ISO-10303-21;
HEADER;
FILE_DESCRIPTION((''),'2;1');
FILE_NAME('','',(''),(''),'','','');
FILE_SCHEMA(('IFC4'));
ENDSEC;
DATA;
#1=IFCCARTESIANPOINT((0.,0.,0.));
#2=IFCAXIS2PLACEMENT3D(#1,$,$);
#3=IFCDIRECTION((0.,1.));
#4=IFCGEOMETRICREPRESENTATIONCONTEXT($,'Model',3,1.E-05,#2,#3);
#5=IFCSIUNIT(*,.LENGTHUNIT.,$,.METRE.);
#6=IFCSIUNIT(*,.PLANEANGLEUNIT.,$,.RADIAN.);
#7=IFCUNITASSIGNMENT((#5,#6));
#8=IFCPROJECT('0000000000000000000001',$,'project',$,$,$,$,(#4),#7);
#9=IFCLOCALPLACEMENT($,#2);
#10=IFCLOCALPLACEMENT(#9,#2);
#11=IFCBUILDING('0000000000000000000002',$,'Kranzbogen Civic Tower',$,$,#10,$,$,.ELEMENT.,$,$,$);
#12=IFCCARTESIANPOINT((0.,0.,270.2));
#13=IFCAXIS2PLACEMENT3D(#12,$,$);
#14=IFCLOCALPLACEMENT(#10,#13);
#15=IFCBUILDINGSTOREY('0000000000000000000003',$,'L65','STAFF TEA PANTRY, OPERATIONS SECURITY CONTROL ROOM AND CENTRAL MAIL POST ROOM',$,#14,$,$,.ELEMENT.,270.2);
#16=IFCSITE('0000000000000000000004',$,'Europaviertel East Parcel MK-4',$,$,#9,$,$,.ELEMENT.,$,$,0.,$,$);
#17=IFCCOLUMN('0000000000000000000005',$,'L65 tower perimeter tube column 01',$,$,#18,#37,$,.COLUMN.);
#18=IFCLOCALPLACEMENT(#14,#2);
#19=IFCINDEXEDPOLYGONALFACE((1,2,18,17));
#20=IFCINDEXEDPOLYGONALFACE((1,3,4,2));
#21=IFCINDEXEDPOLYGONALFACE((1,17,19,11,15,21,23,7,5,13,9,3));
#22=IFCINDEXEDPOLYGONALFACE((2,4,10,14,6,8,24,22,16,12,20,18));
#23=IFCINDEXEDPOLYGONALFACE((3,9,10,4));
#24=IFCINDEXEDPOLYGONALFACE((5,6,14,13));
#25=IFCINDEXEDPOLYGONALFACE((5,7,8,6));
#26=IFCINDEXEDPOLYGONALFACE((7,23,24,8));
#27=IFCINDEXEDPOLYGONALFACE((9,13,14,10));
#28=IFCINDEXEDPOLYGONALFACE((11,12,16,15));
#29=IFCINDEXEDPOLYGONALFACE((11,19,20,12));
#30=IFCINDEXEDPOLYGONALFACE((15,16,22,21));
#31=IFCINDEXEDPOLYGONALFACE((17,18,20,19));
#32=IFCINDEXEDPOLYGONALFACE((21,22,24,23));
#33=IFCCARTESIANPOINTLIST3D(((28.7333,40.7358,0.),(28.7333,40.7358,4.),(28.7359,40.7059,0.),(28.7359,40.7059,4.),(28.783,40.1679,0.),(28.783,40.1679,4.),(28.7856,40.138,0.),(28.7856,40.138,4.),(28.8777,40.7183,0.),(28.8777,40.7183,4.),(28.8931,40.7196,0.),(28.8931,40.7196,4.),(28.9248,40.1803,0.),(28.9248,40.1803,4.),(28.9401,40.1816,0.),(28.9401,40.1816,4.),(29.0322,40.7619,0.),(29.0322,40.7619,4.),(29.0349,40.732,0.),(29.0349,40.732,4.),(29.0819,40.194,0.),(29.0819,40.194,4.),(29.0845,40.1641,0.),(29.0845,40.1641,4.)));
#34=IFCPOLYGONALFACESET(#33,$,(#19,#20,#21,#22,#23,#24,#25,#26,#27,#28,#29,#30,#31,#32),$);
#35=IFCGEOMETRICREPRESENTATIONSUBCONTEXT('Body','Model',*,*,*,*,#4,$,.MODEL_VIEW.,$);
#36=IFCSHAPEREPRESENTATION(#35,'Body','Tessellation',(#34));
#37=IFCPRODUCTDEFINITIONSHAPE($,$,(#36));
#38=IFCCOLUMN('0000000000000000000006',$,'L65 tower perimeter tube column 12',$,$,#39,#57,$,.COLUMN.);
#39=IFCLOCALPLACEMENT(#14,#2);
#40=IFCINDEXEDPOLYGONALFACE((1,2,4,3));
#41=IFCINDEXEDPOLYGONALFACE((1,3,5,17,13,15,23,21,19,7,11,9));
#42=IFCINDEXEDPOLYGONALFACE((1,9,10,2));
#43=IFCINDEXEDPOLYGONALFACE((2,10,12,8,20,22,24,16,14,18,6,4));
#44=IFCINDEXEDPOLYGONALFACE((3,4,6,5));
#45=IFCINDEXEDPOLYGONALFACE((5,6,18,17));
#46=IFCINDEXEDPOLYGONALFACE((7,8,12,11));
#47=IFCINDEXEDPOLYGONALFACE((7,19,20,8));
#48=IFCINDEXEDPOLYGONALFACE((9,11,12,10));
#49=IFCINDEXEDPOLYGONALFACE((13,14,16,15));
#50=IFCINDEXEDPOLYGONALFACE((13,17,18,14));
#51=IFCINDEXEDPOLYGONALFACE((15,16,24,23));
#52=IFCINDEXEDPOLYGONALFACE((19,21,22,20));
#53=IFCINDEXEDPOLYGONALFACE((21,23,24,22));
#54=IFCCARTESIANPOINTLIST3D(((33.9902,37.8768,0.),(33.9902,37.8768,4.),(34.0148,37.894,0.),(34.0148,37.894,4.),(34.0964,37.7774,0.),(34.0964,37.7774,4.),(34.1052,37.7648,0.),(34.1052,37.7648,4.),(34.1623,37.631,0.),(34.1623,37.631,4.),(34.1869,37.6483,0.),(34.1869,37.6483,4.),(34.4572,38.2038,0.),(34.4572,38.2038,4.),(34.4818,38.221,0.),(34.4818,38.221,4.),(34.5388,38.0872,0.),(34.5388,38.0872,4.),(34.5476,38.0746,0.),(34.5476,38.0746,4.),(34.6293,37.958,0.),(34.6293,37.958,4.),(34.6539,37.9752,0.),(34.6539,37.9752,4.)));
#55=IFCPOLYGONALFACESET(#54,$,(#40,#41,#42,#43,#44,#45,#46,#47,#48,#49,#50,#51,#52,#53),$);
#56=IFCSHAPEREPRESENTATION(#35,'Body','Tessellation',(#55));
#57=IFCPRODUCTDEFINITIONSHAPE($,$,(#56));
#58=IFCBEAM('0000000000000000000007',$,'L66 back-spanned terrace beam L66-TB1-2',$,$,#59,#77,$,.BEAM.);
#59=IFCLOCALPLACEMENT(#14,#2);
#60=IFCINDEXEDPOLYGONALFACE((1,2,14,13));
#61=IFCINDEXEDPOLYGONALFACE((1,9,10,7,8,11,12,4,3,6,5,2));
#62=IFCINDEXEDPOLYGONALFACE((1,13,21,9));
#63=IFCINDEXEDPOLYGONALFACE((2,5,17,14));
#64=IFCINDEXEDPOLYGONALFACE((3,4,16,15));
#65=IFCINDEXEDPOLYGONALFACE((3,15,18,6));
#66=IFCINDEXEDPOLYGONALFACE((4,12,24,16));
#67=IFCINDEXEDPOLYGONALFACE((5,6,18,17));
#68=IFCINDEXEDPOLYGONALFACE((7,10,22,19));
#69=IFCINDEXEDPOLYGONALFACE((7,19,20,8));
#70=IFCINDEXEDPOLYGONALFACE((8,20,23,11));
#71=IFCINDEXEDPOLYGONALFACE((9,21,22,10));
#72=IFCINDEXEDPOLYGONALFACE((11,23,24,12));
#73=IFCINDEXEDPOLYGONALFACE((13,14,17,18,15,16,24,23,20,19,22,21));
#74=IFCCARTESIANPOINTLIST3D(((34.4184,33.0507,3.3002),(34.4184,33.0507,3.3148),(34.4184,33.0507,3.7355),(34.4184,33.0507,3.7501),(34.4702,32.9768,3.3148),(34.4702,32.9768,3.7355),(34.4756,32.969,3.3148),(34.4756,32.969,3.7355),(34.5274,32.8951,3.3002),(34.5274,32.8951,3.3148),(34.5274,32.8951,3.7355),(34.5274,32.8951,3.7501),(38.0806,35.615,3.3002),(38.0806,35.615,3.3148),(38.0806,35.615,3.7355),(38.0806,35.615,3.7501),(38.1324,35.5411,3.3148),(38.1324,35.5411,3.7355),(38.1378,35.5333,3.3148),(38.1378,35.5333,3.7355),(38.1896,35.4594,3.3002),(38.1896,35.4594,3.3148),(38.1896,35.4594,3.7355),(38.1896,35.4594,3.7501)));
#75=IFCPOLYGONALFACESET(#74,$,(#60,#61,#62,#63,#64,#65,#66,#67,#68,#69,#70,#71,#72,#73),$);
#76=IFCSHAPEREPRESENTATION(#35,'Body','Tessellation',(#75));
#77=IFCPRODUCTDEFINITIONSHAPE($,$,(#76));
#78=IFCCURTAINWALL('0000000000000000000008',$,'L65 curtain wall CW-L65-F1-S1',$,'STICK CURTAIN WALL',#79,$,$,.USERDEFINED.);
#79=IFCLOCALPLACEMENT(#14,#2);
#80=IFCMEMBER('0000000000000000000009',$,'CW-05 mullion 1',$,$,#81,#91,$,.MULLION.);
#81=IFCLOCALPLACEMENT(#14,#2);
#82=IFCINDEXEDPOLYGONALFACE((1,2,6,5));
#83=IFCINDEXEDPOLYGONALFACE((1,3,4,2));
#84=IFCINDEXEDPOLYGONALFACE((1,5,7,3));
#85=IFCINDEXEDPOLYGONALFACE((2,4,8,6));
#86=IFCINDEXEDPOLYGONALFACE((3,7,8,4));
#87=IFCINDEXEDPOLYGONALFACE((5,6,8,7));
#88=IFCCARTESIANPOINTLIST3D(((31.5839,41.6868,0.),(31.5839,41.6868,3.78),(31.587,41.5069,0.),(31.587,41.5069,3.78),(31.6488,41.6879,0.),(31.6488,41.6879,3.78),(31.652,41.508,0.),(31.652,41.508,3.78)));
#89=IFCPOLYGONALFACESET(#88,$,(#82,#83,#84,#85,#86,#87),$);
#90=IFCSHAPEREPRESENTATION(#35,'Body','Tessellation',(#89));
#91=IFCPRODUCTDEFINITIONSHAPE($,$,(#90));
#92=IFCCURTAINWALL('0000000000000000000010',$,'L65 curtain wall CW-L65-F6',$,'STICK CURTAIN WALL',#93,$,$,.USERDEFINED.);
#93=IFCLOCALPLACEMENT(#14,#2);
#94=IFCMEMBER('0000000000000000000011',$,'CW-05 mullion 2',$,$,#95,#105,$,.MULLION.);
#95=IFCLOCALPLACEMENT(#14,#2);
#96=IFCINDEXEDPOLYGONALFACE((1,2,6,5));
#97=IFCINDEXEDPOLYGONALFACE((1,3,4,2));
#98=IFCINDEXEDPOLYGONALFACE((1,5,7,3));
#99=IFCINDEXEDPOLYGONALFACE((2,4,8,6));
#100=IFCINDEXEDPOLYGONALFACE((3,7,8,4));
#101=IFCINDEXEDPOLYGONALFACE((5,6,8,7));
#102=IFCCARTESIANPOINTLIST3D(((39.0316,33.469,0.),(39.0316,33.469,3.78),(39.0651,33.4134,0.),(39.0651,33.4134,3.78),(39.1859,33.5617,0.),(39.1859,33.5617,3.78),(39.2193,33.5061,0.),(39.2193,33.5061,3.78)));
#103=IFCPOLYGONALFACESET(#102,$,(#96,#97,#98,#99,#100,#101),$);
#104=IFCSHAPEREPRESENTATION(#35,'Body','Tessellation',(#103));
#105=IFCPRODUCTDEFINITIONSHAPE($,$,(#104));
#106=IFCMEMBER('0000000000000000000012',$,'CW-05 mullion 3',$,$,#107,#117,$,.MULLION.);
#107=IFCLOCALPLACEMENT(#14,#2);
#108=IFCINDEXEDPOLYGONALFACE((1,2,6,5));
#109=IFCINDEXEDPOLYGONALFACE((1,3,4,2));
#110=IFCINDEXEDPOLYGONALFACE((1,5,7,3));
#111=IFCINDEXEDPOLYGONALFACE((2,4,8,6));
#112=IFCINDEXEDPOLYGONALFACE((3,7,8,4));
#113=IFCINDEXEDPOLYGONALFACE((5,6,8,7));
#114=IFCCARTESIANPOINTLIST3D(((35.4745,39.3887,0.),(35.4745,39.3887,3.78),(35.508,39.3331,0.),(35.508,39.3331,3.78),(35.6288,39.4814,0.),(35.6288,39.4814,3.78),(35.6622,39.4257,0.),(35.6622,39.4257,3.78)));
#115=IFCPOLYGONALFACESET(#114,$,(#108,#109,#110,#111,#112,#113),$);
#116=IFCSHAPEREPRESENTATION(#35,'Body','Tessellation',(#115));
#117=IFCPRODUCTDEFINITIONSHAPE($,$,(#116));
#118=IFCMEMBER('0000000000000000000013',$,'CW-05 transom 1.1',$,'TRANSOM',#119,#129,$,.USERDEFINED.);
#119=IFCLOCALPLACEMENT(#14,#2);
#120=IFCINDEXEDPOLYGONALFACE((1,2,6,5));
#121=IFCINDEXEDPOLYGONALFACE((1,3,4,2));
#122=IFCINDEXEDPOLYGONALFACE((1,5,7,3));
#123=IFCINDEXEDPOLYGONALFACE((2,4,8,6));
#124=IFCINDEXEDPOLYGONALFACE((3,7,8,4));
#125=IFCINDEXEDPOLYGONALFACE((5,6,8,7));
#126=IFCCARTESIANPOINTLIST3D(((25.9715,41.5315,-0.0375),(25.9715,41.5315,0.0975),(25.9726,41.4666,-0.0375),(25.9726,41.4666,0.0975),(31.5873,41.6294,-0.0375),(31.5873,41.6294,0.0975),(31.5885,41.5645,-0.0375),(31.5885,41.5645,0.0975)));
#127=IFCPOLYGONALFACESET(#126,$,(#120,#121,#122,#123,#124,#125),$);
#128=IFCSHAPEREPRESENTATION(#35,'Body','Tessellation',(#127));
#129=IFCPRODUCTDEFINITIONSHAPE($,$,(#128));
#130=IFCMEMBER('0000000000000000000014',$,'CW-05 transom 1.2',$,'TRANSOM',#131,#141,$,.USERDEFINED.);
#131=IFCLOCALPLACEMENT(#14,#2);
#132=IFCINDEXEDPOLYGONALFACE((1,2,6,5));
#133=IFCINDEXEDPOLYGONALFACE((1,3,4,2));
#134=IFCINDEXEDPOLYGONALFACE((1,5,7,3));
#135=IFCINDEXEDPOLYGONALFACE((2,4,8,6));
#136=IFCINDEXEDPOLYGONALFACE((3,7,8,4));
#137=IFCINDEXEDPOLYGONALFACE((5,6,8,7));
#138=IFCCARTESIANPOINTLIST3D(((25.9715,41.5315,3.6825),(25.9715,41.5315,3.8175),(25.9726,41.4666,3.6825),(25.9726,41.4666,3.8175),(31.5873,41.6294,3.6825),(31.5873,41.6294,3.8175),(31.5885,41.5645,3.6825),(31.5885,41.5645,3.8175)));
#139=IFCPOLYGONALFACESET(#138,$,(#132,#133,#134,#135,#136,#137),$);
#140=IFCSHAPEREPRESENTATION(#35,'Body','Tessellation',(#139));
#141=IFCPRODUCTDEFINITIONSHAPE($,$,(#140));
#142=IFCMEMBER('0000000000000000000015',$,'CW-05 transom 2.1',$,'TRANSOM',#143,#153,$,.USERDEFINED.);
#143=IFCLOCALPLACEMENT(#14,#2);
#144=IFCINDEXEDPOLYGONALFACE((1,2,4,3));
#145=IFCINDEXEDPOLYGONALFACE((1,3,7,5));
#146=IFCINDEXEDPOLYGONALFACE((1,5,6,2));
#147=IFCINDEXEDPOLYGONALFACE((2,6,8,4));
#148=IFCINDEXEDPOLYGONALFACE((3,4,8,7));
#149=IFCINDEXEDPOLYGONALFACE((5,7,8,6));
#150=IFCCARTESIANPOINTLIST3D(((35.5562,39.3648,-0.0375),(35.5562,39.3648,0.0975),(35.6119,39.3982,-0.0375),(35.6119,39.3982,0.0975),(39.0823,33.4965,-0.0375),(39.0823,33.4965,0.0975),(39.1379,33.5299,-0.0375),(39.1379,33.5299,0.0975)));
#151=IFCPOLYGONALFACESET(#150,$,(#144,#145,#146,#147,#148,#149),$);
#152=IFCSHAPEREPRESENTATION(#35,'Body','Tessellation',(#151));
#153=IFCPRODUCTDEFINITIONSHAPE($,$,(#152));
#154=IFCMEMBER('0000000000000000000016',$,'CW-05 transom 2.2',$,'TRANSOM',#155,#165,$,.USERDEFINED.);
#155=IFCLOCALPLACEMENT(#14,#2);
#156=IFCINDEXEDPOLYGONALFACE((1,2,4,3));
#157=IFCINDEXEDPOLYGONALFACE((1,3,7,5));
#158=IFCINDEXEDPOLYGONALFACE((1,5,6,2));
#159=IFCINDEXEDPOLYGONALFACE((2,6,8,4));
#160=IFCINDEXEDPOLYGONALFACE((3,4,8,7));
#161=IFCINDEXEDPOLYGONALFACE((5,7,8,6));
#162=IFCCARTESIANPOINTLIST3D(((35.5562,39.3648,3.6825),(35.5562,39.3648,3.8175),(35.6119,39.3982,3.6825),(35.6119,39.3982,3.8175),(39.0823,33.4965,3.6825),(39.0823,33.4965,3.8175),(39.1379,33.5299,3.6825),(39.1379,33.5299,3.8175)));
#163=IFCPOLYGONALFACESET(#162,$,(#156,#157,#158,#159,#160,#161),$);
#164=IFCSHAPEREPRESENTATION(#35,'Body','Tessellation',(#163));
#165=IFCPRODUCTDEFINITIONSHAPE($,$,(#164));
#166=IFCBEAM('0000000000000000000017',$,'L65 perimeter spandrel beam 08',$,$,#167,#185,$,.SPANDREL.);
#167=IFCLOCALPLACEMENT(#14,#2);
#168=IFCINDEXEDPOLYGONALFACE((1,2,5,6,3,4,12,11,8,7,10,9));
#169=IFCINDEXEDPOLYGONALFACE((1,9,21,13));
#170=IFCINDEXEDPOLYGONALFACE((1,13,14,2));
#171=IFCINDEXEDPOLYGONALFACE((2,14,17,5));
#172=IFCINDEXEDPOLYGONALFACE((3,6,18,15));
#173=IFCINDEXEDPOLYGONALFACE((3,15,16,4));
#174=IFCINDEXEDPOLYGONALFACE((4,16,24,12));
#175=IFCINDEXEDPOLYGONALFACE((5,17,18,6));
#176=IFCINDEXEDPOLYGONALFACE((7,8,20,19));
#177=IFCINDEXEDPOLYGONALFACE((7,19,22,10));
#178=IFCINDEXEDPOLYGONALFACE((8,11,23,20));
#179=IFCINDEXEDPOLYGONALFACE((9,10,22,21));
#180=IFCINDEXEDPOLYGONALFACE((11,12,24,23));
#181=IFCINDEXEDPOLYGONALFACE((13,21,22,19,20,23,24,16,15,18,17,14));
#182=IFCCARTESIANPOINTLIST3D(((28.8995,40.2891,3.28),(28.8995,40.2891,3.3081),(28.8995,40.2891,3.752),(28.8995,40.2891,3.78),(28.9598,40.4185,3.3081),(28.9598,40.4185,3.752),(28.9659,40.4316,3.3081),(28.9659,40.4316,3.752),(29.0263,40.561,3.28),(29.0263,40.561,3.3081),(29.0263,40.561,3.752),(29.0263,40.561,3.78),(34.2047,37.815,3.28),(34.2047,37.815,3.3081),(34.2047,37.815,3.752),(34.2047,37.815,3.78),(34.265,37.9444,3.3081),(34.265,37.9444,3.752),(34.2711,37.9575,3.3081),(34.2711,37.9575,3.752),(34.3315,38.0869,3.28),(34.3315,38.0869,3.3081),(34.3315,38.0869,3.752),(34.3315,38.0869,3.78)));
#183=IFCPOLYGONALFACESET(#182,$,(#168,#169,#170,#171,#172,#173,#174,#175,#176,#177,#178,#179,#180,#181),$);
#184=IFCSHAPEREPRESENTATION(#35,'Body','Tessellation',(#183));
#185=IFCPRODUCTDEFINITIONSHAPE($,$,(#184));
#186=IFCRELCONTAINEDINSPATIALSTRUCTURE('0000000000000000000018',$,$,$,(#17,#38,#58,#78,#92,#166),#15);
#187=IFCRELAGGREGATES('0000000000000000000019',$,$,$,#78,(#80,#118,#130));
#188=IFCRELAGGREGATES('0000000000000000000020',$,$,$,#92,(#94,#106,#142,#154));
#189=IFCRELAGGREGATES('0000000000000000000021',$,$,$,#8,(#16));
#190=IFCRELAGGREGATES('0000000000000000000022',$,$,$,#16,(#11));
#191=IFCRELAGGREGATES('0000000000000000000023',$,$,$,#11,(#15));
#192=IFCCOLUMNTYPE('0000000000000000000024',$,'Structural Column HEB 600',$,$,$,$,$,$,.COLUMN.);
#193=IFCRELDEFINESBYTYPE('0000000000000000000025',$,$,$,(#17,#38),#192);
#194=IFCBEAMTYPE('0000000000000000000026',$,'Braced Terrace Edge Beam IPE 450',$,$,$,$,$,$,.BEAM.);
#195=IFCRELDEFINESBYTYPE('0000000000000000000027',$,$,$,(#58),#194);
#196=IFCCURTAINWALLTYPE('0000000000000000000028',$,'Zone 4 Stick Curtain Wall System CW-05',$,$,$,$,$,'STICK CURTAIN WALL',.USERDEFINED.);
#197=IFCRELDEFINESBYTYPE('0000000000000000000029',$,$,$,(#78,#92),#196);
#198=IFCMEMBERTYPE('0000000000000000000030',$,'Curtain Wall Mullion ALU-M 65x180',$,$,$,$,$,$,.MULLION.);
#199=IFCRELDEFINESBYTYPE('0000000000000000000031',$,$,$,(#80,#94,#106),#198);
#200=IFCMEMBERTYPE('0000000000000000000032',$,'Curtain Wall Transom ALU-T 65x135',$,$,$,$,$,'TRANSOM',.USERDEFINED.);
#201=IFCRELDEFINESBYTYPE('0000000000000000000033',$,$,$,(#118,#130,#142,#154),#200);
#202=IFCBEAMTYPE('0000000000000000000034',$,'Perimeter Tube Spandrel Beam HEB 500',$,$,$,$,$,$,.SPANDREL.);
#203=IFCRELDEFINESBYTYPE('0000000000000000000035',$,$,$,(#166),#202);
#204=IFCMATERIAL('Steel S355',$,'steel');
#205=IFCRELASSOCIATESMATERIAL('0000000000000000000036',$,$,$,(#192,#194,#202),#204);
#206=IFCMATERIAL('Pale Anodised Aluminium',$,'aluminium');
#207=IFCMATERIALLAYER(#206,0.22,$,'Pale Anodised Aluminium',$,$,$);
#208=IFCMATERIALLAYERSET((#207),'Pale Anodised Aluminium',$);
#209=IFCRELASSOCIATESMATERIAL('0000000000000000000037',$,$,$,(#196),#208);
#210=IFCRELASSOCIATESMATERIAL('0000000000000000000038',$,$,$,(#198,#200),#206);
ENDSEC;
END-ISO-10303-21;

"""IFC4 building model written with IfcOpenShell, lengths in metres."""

from ifc_helpers import new_model, si_unit, direction, frame, origin, origin_2d, place, context, subcontext, project, spatial, rectangle, i_section, extrude, material, layer, layer_set, material_profile, profile_set, type_object, element, aggregate, save


model = new_model("IFC4")

# Units and contexts
model_context = context("Model", 3, precision=1e-05, world=origin(), true_north=direction((0.0, 1.0)))
body_context = subcontext(model_context, "Body", "Model", "MODEL_VIEW")
ifc_project = project(units=[si_unit("LENGTHUNIT", "METRE"), si_unit("PLANEANGLEUNIT", "RADIAN")], contexts=[model_context])

# Site, building, storey
site_placement = place(None, origin())
site = spatial("IfcSite", under=ifc_project, at=site_placement, Name="Europaviertel East Parcel MK-4", CompositionType="ELEMENT", RefElevation=0.0)
building_placement = place(site_placement, origin())
building = spatial("IfcBuilding", under=site, at=building_placement, Name="Kranzbogen Civic Tower", CompositionType="ELEMENT")
storey_placement = place(building_placement, frame((0.0, 0.0, 270.2)))
storey = spatial("IfcBuildingStorey", under=building, at=storey_placement, Name="L65", Description="STAFF TEA PANTRY, OPERATIONS SECURITY CONTROL ROOM AND CENTRAL MAIL POST ROOM", CompositionType="ELEMENT", Elevation=270.2)

# Columns
ifc_material_1 = material(Name="Steel S355", Category="steel")
ifc_material_profile_1 = material_profile(ifc_material_1, i_section(OverallWidth=0.3, OverallDepth=0.6001, WebThickness=0.0154, FlangeThickness=0.03, at=origin_2d()), Name="HEB 600")
ifc_profile_set_1 = profile_set([ifc_material_profile_1], Name="Steel S355")
column_type = type_object("IfcColumnType", Name="Structural Column HEB 600", PredefinedType="COLUMN", material=ifc_profile_set_1)
for number, where, z_axis, x_axis, name in (
    (1, (28.9089, 40.45, 0.0), (0.0, 0.0, 1.0), (0.996195, 0.087156, 0.0), "L65 tower perimeter tube column 01"),
    (2, (34.322, 37.926, 0.0), (0.0, 0.0, 1.0), (-0.573576, 0.819152, 0.0), "L65 tower perimeter tube column 12"),
):
    element("IfcColumn", number, at=place(storey_placement, frame(where, z_axis=z_axis, x_axis=x_axis)), inside=storey, type_object=column_type, Name=name, PredefinedType="COLUMN", context=body_context, shape_type="SweptSolid", body=[
        extrude(i_section(OverallWidth=0.3, OverallDepth=0.6001, WebThickness=0.0154, FlangeThickness=0.03, at=origin_2d()), origin(), (0.0, 0.0, 1.0), 4.0),
    ])

# Beam
ifc_material_profile_2 = material_profile(ifc_material_1, i_section(OverallWidth=0.1899, OverallDepth=0.45, WebThickness=0.0095, FlangeThickness=0.0146, at=origin_2d()), Name="IPE 450")
ifc_profile_set_2 = profile_set([ifc_material_profile_2], Name="Steel S355")
beam_type_1 = type_object("IfcBeamType", Name="Braced Terrace Edge Beam IPE 450", PredefinedType="BEAM", material=ifc_profile_set_2)
beam_1_placement = place(storey_placement, frame((34.4729, 32.9729, 3.5251), z_axis=(0.819155, 0.573572, 0.0), x_axis=(-0.573572, 0.819155, 0.0)))
element("IfcBeam", 3, at=beam_1_placement, inside=storey, type_object=beam_type_1, Name="L66 back-spanned terrace beam L66-TB1-2", PredefinedType="BEAM", context=body_context, shape_type="SweptSolid", body=[
    extrude(i_section(OverallWidth=0.1899, OverallDepth=0.45, WebThickness=0.0095, FlangeThickness=0.0146, at=origin_2d()), origin(), (0.0, 0.0, 1.0), 4.4707),
])

# Curtain wall, member
ifc_material_2 = material(Name="Pale Anodised Aluminium", Category="aluminium")
ifc_layer_1 = layer(ifc_material_2, 0.22, Name="Pale Anodised Aluminium")
ifc_layer_set_1 = layer_set([ifc_layer_1], Name="Pale Anodised Aluminium")
curtain_wall_type = type_object("IfcCurtainWallType", Name="Zone 4 Stick Curtain Wall System CW-05", ElementType="STICK CURTAIN WALL", PredefinedType="USERDEFINED", material=ifc_layer_set_1)
curtain_wall_1_placement = place(storey_placement, origin())
curtain_wall_1 = element("IfcCurtainWall", 4, at=curtain_wall_1_placement, inside=storey, type_object=curtain_wall_type, Name="L65 curtain wall CW-L65-F1-S1", ObjectType="STICK CURTAIN WALL", PredefinedType="USERDEFINED")
ifc_material_profile_3 = material_profile(ifc_material_2, rectangle(XDim=0.0649, YDim=0.1799, at=origin_2d()), Name="ALU-M 65x180")
ifc_profile_set_3 = profile_set([ifc_material_profile_3], Name="Pale Anodised Aluminium")
member_type_1 = type_object("IfcMemberType", Name="Curtain Wall Mullion ALU-M 65x180", PredefinedType="MULLION", material=ifc_profile_set_3)
member_1_placement = place(storey_placement, frame((31.6179, 41.5974, 0.0), z_axis=(0.0, 0.0, 1.0), x_axis=(-0.999848, -0.017431, 0.0)))
member_1 = element("IfcMember", 5, at=member_1_placement, type_object=member_type_1, Name="CW-05 mullion 1", PredefinedType="MULLION", context=body_context, shape_type="SweptSolid", body=[
    extrude(rectangle(XDim=0.0649, YDim=0.1799, at=origin_2d()), origin(), (0.0, 0.0, 1.0), 3.78),
])

# Curtain wall, members
curtain_wall_2_placement = place(storey_placement, origin())
curtain_wall_2 = element("IfcCurtainWall", 6, at=curtain_wall_2_placement, inside=storey, type_object=curtain_wall_type, Name="L65 curtain wall CW-L65-F6", ObjectType="STICK CURTAIN WALL", PredefinedType="USERDEFINED")
member_2_placement = place(storey_placement, frame((39.1255, 33.4875, 0.0), z_axis=(0.0, 0.0, 1.0), x_axis=(-0.515047, 0.857162, 0.0)))
member_2 = element("IfcMember", 7, at=member_2_placement, type_object=member_type_1, Name="CW-05 mullion 2", PredefinedType="MULLION", context=body_context, shape_type="SweptSolid", body=[
    extrude(rectangle(XDim=0.0649, YDim=0.1799, at=origin_2d()), origin(), (0.0, 0.0, 1.0), 3.78),
])
member_3_placement = place(storey_placement, frame((35.5684, 39.4072, 0.0), z_axis=(0.0, 0.0, 1.0), x_axis=(-0.515047, 0.857162, 0.0)))
member_3 = element("IfcMember", 8, at=member_3_placement, type_object=member_type_1, Name="CW-05 mullion 3", PredefinedType="MULLION", context=body_context, shape_type="SweptSolid", body=[
    extrude(rectangle(XDim=0.0649, YDim=0.1799, at=origin_2d()), origin(), (0.0, 0.0, 1.0), 3.78),
])

# Members
ifc_material_profile_4 = material_profile(ifc_material_2, rectangle(XDim=0.0649, YDim=0.135, at=origin_2d()), Name="ALU-T 65x135")
ifc_profile_set_4 = profile_set([ifc_material_profile_4], Name="Pale Anodised Aluminium")
member_type_2 = type_object("IfcMemberType", Name="Curtain Wall Transom ALU-T 65x135", ElementType="TRANSOM", PredefinedType="USERDEFINED", material=ifc_profile_set_4)
member_4_placement = place(storey_placement, frame((31.5879, 41.5969, 0.03), z_axis=(-0.999848, -0.01743, 0.0), x_axis=(0.01743, -0.999848, 0.0)))
member_4 = element("IfcMember", 9, at=member_4_placement, type_object=member_type_2, Name="CW-05 transom 1.1", ObjectType="TRANSOM", PredefinedType="USERDEFINED", context=body_context, shape_type="SweptSolid", body=[
    extrude(rectangle(XDim=0.0649, YDim=0.135, at=origin_2d()), origin(), (0.0, 0.0, 1.0), 5.6167),
])
member_5_placement = place(storey_placement, frame((31.5879, 41.5969, 3.75), z_axis=(-0.999848, -0.01743, 0.0), x_axis=(0.01743, -0.999848, 0.0)))
member_5 = element("IfcMember", 10, at=member_5_placement, type_object=member_type_2, Name="CW-05 transom 1.2", ObjectType="TRANSOM", PredefinedType="USERDEFINED", context=body_context, shape_type="SweptSolid", body=[
    extrude(rectangle(XDim=0.0649, YDim=0.135, at=origin_2d()), origin(), (0.0, 0.0, 1.0), 5.6167),
])
aggregate(curtain_wall_1, [member_1, member_4, member_5])
member_6_placement = place(storey_placement, frame((39.1101, 33.5132, 0.03), z_axis=(-0.515041, 0.857166, 0.0), x_axis=(-0.857166, -0.515041, 0.0)))
member_6 = element("IfcMember", 11, at=member_6_placement, type_object=member_type_2, Name="CW-05 transom 2.1", ObjectType="TRANSOM", PredefinedType="USERDEFINED", context=body_context, shape_type="SweptSolid", body=[
    extrude(rectangle(XDim=0.0649, YDim=0.135, at=origin_2d()), origin(), (0.0, 0.0, 1.0), 6.8462),
])
member_7_placement = place(storey_placement, frame((39.1101, 33.5132, 3.75), z_axis=(-0.515041, 0.857166, 0.0), x_axis=(-0.857166, -0.515041, 0.0)))
member_7 = element("IfcMember", 12, at=member_7_placement, type_object=member_type_2, Name="CW-05 transom 2.2", ObjectType="TRANSOM", PredefinedType="USERDEFINED", context=body_context, shape_type="SweptSolid", body=[
    extrude(rectangle(XDim=0.0649, YDim=0.135, at=origin_2d()), origin(), (0.0, 0.0, 1.0), 6.8462),
])

# Beam
ifc_material_profile_5 = material_profile(ifc_material_1, i_section(OverallWidth=0.3, OverallDepth=0.5, WebThickness=0.0144, FlangeThickness=0.0281, at=origin_2d()), Name="HEB 500")
ifc_profile_set_5 = profile_set([ifc_material_profile_5], Name="Steel S355")
beam_type_2 = type_object("IfcBeamType", Name="Perimeter Tube Spandrel Beam HEB 500", PredefinedType="SPANDREL", material=ifc_profile_set_5)
beam_2_placement = place(storey_placement, frame((34.2681, 37.9509, 3.53), z_axis=(-0.90629, 0.422657, 0.0), x_axis=(-0.422657, -0.90629, 0.0)))
element("IfcBeam", 13, at=beam_2_placement, inside=storey, type_object=beam_type_2, Name="L65 perimeter spandrel beam 08", PredefinedType="SPANDREL", context=body_context, shape_type="SweptSolid", body=[
    extrude(i_section(OverallWidth=0.3, OverallDepth=0.5, WebThickness=0.0144, FlangeThickness=0.0281, at=origin_2d()), origin(), (0.0, 0.0, 1.0), 5.8538),
])

aggregate(curtain_wall_2, [member_2, member_3, member_6, member_7])

save(model, "model.ifc")
